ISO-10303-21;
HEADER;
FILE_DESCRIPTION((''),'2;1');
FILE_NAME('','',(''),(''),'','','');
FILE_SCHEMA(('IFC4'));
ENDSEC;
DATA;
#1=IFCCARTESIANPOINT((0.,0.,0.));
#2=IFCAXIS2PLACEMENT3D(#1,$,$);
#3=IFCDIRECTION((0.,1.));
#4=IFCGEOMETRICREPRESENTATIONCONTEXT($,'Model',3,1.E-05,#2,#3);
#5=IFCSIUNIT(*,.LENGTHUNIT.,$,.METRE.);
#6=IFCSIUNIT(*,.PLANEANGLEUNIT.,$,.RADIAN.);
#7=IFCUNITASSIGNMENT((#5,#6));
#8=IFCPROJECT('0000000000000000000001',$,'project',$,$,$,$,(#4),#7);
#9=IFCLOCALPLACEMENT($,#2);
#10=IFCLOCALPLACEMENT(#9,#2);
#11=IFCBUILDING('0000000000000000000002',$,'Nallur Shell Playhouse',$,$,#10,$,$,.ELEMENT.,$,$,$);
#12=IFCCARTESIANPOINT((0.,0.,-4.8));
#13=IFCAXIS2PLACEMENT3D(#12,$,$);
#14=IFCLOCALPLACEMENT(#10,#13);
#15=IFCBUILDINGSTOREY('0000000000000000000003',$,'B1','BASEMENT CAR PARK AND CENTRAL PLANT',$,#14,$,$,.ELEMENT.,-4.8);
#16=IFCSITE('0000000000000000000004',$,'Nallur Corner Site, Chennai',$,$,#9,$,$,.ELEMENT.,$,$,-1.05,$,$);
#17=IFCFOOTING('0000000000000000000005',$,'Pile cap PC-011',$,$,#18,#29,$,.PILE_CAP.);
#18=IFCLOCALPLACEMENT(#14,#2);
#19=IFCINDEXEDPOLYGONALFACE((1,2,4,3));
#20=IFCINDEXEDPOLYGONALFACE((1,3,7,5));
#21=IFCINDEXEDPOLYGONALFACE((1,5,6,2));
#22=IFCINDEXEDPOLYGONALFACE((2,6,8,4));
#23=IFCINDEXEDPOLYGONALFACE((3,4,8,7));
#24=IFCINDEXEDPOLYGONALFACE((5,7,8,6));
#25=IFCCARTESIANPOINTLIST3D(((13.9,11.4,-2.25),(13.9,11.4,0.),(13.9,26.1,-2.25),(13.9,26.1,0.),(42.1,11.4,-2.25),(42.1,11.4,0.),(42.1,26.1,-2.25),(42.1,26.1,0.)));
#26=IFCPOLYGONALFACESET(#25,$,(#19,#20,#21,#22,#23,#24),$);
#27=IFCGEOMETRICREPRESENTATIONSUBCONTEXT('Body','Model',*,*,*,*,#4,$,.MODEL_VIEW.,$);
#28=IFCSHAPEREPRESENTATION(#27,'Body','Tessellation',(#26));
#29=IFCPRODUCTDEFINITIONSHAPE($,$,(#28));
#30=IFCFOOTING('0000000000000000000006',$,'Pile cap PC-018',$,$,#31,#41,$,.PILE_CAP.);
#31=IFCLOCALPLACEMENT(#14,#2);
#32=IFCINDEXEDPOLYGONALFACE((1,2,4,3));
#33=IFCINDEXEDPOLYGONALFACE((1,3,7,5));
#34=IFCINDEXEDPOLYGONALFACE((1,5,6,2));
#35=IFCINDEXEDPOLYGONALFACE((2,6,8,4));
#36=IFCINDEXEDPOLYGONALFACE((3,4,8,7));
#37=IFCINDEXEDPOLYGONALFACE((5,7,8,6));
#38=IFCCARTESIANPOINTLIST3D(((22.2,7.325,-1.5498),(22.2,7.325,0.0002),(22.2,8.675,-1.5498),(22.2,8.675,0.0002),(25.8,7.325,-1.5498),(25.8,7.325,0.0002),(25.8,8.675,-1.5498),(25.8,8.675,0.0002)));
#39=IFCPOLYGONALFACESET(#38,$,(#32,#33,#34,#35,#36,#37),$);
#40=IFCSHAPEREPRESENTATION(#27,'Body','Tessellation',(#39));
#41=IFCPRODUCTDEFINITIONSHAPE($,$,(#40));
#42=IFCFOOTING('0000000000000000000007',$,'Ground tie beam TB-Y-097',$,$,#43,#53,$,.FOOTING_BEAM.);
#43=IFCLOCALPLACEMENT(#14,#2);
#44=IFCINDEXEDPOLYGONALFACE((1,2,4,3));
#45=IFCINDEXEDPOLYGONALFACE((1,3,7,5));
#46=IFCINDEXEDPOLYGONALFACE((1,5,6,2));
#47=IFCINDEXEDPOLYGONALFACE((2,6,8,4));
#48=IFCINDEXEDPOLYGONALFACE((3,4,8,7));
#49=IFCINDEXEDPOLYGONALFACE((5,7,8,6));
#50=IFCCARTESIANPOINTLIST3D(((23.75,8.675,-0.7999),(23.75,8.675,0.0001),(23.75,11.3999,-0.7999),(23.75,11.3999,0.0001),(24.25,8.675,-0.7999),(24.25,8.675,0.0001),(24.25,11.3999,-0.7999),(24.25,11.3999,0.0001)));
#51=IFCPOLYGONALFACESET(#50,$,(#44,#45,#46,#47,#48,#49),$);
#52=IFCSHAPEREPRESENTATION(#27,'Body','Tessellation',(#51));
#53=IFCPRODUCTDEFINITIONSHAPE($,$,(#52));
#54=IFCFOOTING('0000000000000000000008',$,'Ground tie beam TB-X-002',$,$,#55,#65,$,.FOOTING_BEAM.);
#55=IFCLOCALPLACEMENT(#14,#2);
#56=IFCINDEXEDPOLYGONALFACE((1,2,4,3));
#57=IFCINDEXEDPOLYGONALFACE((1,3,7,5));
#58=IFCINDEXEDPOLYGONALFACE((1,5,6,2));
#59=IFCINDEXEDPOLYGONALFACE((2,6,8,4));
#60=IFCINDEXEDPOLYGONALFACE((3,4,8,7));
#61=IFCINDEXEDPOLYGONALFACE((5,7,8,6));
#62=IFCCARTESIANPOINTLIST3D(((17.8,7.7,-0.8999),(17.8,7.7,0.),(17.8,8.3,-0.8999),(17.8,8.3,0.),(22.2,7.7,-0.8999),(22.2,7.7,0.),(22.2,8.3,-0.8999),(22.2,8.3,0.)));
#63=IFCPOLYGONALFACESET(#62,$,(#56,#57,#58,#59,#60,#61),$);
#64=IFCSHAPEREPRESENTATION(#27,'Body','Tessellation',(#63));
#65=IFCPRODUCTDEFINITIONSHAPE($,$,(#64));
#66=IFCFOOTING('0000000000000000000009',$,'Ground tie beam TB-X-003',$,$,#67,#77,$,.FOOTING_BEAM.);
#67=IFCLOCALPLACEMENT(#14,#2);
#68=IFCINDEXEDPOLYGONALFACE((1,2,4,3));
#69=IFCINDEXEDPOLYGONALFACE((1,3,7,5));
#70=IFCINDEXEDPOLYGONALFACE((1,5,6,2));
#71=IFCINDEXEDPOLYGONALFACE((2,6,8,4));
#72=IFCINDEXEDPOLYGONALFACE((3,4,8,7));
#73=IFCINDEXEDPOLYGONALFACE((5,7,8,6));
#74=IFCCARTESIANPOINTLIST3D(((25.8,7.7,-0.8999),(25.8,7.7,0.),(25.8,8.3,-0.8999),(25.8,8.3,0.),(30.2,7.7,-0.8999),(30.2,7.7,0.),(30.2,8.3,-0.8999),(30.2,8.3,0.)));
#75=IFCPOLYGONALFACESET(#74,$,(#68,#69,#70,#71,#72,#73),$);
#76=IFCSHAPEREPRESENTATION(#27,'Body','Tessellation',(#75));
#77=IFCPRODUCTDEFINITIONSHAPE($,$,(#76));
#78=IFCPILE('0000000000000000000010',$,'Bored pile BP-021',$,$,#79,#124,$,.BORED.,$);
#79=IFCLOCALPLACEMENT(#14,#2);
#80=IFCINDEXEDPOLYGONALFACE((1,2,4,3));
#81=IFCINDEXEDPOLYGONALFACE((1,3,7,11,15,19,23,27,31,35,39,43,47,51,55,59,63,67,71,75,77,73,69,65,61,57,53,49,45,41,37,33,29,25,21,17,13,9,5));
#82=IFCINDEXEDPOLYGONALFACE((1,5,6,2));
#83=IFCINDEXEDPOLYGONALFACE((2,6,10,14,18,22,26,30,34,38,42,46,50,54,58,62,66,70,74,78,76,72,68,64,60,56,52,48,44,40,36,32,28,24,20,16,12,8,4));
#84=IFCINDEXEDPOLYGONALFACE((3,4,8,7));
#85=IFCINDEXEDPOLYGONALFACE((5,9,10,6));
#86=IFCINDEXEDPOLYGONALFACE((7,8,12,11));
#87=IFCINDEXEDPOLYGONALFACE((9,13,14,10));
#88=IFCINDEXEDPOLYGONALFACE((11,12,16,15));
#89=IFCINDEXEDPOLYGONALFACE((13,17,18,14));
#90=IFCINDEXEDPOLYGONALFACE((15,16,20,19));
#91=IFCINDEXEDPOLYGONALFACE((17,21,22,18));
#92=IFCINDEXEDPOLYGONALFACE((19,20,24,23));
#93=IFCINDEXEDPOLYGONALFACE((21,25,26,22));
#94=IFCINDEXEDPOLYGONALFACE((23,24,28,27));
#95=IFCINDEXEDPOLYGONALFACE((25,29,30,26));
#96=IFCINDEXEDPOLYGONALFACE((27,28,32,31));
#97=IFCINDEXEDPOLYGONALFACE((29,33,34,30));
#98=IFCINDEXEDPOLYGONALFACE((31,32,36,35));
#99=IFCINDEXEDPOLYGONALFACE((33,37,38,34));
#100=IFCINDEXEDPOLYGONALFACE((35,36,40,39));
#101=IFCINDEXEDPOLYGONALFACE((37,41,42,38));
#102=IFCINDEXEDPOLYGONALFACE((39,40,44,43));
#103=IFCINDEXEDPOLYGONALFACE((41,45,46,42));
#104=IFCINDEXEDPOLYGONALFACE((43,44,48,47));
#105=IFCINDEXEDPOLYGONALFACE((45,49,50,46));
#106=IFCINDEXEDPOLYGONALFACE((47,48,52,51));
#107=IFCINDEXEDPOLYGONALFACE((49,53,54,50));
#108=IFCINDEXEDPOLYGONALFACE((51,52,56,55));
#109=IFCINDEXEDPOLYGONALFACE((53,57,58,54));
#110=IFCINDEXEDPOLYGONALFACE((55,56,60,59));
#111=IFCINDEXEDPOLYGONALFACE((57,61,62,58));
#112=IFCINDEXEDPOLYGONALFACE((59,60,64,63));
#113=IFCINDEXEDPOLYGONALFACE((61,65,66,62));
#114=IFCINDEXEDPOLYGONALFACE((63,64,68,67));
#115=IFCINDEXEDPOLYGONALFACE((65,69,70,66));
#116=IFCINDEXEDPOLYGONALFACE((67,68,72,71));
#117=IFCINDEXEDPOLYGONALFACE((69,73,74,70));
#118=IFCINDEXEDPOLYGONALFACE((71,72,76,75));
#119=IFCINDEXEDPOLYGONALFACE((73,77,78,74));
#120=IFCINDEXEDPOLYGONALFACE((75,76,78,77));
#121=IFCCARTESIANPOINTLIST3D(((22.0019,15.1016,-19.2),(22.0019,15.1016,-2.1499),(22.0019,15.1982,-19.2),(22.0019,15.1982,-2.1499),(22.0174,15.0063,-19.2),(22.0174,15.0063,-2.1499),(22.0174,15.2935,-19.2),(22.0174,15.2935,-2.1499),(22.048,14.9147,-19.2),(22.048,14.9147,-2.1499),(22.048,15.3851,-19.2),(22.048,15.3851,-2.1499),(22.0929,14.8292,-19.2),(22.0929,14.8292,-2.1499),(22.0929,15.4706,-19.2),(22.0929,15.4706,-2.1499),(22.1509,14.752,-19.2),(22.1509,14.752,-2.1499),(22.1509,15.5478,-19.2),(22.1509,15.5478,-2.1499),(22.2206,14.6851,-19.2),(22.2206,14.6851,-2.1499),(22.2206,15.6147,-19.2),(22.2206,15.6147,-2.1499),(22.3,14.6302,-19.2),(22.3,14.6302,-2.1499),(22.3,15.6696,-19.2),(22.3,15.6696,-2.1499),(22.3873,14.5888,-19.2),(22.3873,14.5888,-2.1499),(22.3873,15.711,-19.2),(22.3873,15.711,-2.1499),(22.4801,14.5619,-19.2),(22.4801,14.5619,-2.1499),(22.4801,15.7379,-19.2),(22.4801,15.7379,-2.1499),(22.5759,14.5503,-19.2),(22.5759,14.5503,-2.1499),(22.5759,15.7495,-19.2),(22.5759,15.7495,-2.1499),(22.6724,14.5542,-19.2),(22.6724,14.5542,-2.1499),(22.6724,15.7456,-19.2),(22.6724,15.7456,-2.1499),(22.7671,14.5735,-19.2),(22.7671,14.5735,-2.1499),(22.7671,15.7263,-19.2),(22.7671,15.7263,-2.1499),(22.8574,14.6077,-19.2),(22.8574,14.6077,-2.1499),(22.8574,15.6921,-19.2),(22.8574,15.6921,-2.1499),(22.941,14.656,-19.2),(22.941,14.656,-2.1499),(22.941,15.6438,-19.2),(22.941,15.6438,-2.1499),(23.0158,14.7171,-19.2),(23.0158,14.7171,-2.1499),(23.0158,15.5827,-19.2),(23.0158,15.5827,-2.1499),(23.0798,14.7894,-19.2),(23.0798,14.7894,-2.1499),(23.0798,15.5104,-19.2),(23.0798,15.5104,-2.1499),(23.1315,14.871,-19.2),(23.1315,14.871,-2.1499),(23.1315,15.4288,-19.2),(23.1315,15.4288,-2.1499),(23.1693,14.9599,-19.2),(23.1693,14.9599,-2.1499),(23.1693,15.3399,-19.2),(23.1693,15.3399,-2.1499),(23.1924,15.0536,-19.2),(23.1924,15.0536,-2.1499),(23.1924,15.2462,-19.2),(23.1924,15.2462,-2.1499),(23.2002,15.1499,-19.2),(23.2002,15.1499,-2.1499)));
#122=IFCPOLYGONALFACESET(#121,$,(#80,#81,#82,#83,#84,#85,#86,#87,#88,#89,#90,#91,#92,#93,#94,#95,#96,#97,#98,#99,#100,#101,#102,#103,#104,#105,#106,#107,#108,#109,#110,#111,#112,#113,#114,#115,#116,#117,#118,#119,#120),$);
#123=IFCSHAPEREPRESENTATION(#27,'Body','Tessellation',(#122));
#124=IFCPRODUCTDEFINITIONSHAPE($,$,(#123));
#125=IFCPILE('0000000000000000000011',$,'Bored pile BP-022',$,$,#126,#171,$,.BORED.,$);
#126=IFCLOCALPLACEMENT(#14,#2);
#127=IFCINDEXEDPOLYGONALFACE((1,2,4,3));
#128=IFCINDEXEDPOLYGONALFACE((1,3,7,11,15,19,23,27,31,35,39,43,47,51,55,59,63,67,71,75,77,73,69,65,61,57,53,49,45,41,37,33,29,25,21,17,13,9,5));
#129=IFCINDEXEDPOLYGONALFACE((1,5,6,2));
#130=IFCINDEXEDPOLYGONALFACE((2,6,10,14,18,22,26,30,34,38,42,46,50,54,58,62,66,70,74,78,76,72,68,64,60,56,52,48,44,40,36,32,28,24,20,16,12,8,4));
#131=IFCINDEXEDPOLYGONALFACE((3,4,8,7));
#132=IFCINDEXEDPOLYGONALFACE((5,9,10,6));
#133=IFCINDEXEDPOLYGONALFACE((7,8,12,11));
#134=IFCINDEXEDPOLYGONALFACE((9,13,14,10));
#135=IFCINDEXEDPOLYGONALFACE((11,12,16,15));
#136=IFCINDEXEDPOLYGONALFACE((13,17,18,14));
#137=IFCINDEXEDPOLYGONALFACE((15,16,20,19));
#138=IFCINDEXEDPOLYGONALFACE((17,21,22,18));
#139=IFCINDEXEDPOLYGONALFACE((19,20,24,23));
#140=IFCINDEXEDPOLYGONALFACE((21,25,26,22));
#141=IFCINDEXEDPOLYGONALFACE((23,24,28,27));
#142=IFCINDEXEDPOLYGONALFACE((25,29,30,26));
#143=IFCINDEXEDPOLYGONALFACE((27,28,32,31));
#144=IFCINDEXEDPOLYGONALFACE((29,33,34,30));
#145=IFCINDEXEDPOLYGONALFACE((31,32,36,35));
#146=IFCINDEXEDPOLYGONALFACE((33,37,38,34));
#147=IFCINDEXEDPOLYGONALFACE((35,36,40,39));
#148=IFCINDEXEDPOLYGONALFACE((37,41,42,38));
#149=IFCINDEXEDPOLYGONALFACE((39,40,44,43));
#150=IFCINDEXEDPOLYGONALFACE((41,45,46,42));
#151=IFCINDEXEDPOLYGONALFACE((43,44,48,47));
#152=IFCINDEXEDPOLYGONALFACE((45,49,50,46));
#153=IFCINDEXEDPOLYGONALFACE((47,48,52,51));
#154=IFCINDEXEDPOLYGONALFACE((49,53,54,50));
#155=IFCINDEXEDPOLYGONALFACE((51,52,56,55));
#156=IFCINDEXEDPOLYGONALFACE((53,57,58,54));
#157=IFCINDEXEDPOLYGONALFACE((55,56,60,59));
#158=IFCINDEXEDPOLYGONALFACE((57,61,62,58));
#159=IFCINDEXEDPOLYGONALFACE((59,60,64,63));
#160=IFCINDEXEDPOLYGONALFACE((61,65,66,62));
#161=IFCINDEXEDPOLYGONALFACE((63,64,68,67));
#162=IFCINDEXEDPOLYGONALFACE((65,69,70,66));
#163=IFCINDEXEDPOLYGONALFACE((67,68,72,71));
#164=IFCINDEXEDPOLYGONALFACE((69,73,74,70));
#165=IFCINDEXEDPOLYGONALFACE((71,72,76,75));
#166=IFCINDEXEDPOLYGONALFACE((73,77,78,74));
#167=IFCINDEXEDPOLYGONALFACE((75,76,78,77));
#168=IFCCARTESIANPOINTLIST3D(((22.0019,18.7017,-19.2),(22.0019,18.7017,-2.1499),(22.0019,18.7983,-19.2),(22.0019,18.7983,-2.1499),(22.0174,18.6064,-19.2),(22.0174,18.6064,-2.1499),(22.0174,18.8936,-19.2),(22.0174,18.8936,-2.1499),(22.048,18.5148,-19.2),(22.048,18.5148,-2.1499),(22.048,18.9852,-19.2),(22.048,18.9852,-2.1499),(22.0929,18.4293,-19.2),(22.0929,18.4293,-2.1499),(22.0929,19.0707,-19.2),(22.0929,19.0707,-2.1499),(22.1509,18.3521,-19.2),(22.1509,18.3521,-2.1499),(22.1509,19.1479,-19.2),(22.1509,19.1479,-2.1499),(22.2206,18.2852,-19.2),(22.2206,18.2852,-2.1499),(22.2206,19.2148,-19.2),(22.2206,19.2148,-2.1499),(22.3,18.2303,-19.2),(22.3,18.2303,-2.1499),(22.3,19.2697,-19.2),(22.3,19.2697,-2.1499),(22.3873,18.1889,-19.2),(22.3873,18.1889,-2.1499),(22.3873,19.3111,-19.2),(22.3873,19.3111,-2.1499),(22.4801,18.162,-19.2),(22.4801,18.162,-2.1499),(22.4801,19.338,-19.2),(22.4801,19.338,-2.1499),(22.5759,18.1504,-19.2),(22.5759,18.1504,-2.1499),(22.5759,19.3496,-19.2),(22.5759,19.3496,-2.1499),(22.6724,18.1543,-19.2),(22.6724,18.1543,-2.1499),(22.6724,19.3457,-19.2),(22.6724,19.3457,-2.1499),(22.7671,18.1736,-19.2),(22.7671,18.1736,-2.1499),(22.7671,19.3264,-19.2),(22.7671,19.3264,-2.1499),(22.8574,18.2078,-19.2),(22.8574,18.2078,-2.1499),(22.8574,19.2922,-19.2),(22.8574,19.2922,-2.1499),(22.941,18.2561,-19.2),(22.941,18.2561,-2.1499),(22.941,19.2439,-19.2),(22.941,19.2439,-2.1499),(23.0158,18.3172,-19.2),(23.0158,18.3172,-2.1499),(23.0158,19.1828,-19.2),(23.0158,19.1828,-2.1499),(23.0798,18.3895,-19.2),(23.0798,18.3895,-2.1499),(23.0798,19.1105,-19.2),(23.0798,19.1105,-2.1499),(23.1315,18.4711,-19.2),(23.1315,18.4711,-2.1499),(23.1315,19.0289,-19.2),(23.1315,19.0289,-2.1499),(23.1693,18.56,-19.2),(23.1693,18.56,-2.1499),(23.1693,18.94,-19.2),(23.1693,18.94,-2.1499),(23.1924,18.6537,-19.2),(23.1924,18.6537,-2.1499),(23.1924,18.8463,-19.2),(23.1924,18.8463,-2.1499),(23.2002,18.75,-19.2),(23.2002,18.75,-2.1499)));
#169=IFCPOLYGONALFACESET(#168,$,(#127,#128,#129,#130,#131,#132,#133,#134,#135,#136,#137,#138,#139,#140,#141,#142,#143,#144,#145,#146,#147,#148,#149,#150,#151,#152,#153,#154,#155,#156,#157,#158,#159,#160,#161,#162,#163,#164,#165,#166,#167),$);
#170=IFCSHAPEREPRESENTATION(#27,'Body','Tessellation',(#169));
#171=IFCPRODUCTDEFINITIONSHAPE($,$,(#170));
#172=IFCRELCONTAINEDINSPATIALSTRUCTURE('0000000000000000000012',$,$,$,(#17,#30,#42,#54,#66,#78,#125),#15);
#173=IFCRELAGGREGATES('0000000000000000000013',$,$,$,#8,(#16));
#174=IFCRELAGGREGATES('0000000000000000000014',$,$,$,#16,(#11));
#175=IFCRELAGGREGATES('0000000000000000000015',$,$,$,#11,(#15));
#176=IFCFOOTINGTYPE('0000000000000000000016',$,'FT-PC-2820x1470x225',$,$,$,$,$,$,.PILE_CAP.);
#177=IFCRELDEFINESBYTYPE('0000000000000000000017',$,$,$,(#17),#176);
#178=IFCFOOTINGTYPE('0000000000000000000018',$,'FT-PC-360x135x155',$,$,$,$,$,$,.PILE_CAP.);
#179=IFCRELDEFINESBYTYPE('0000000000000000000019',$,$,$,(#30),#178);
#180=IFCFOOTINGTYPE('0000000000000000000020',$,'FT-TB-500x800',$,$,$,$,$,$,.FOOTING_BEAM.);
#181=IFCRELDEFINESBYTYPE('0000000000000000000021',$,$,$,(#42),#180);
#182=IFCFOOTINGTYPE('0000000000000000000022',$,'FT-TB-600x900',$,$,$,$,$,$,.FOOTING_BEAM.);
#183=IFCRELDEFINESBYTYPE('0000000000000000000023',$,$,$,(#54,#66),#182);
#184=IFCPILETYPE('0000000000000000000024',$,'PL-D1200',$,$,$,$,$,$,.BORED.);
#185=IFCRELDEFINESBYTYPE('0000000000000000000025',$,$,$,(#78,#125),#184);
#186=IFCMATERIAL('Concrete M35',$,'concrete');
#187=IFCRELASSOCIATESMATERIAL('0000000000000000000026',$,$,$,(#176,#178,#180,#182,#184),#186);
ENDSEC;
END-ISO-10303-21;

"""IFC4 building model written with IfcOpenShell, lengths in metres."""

from ifc_helpers import new_model, si_unit, direction, frame, origin, origin_2d, place, context, subcontext, project, spatial, rectangle, circle, extrude, material, material_profile, profile_set, type_object, element, save


model = new_model("IFC4")

# Units and contexts
model_context = context("Model", 3, precision=1e-05, world=origin(), true_north=direction((0.0, 1.0)))
body_context = subcontext(model_context, "Body", "Model", "MODEL_VIEW")
ifc_project = project(units=[si_unit("LENGTHUNIT", "METRE"), si_unit("PLANEANGLEUNIT", "RADIAN")], contexts=[model_context])

# Site, building, storey
site_placement = place(None, origin())
site = spatial("IfcSite", under=ifc_project, at=site_placement, Name="Nallur Corner Site, Chennai", CompositionType="ELEMENT", RefElevation=-1.05)
building_placement = place(site_placement, origin())
building = spatial("IfcBuilding", under=site, at=building_placement, Name="Nallur Shell Playhouse", CompositionType="ELEMENT")
storey_placement = place(building_placement, frame((0.0, 0.0, -4.8)))
storey = spatial("IfcBuildingStorey", under=building, at=storey_placement, Name="B1", Description="BASEMENT CAR PARK AND CENTRAL PLANT", CompositionType="ELEMENT", Elevation=-4.8)

# Footings
ifc_material_1 = material(Name="Concrete M35", Category="concrete")
footing_type_1 = type_object("IfcFootingType", Name="FT-PC-2820x1470x225", PredefinedType="PILE_CAP", material=ifc_material_1)
footing_1_placement = place(storey_placement, frame((28.0, 18.75, -2.25), z_axis=(0.0, 0.0, 1.0), x_axis=(1.0, 0.0, 0.0)))
element("IfcFooting", 1, at=footing_1_placement, inside=storey, type_object=footing_type_1, Name="Pile cap PC-011", PredefinedType="PILE_CAP", context=body_context, shape_type="SweptSolid", body=[
    extrude(rectangle(XDim=28.2, YDim=14.7, at=origin_2d()), origin(), (0.0, 0.0, 1.0), 2.25),
])
footing_type_2 = type_object("IfcFootingType", Name="FT-PC-360x135x155", PredefinedType="PILE_CAP", material=ifc_material_1)
footing_2_placement = place(storey_placement, frame((24.0, 8.0, -1.5498), z_axis=(0.0, 0.0, 1.0), x_axis=(1.0, 0.0, 0.0)))
element("IfcFooting", 2, at=footing_2_placement, inside=storey, type_object=footing_type_2, Name="Pile cap PC-018", PredefinedType="PILE_CAP", context=body_context, shape_type="SweptSolid", body=[
    extrude(rectangle(XDim=3.6001, YDim=1.3501, at=origin_2d()), origin(), (0.0, 0.0, 1.0), 1.55),
])
ifc_material_profile_1 = material_profile(ifc_material_1, rectangle(XDim=0.5, YDim=0.8, at=origin_2d()), Name="RC 500x800")
ifc_profile_set_1 = profile_set([ifc_material_profile_1], Name="Concrete M35")
footing_type_3 = type_object("IfcFootingType", Name="FT-TB-500x800", PredefinedType="FOOTING_BEAM", material=ifc_profile_set_1)
footing_3_placement = place(storey_placement, frame((24.0, 8.675, -0.3999), z_axis=(0.0, 1.0, 0.0), x_axis=(-1.0, 0.0, 0.0)))
element("IfcFooting", 3, at=footing_3_placement, inside=storey, type_object=footing_type_3, Name="Ground tie beam TB-Y-097", PredefinedType="FOOTING_BEAM", context=body_context, shape_type="SweptSolid", body=[
    extrude(rectangle(XDim=0.5, YDim=0.8, at=origin_2d()), origin(), (0.0, 0.0, 1.0), 2.7249),
])
ifc_material_profile_2 = material_profile(ifc_material_1, rectangle(XDim=0.6001, YDim=0.8999, at=origin_2d()), Name="RC 600x900")
ifc_profile_set_2 = profile_set([ifc_material_profile_2], Name="Concrete M35")
footing_type_4 = type_object("IfcFootingType", Name="FT-TB-600x900", PredefinedType="FOOTING_BEAM", material=ifc_profile_set_2)
for number, where, z_axis, x_axis, name in (
    (4, (17.8, 8.0, -0.45), (1.0, 0.0, 0.0), (0.0, 1.0, 0.0), "Ground tie beam TB-X-002"),
    (5, (25.8, 8.0, -0.45), (1.0, 0.0, 0.0), (0.0, 1.0, 0.0), "Ground tie beam TB-X-003"),
):
    element("IfcFooting", number, at=place(storey_placement, frame(where, z_axis=z_axis, x_axis=x_axis)), inside=storey, type_object=footing_type_4, Name=name, PredefinedType="FOOTING_BEAM", context=body_context, shape_type="SweptSolid", body=[
        extrude(rectangle(XDim=0.6001, YDim=0.8999, at=origin_2d()), origin(), (0.0, 0.0, 1.0), 4.3999),
    ])

# Piles
ifc_material_profile_3 = material_profile(ifc_material_1, circle(Radius=0.6001, at=origin_2d()), Name="BORED PILE D1200")
ifc_profile_set_3 = profile_set([ifc_material_profile_3], Name="Concrete M35")
pile_type_1 = type_object("IfcPileType", Name="PL-D1200", PredefinedType="BORED", material=ifc_profile_set_3)
for number, where, z_axis, x_axis, name in (
    (6, (22.6001, 15.1499, -2.1499), (0.0, 0.0, -1.0), (1.0, 0.0, 0.0), "Bored pile BP-021"),
    (7, (22.6001, 18.75, -2.1499), (0.0, 0.0, -1.0), (1.0, 0.0, 0.0), "Bored pile BP-022"),
):
    element("IfcPile", number, at=place(storey_placement, frame(where, z_axis=z_axis, x_axis=x_axis)), inside=storey, type_object=pile_type_1, Name=name, PredefinedType="BORED", context=body_context, shape_type="SweptSolid", body=[
        extrude(circle(Radius=0.6001, at=origin_2d()), origin(), (0.0, 0.0, 1.0), 17.05),
    ])

save(model, "model.ifc")
